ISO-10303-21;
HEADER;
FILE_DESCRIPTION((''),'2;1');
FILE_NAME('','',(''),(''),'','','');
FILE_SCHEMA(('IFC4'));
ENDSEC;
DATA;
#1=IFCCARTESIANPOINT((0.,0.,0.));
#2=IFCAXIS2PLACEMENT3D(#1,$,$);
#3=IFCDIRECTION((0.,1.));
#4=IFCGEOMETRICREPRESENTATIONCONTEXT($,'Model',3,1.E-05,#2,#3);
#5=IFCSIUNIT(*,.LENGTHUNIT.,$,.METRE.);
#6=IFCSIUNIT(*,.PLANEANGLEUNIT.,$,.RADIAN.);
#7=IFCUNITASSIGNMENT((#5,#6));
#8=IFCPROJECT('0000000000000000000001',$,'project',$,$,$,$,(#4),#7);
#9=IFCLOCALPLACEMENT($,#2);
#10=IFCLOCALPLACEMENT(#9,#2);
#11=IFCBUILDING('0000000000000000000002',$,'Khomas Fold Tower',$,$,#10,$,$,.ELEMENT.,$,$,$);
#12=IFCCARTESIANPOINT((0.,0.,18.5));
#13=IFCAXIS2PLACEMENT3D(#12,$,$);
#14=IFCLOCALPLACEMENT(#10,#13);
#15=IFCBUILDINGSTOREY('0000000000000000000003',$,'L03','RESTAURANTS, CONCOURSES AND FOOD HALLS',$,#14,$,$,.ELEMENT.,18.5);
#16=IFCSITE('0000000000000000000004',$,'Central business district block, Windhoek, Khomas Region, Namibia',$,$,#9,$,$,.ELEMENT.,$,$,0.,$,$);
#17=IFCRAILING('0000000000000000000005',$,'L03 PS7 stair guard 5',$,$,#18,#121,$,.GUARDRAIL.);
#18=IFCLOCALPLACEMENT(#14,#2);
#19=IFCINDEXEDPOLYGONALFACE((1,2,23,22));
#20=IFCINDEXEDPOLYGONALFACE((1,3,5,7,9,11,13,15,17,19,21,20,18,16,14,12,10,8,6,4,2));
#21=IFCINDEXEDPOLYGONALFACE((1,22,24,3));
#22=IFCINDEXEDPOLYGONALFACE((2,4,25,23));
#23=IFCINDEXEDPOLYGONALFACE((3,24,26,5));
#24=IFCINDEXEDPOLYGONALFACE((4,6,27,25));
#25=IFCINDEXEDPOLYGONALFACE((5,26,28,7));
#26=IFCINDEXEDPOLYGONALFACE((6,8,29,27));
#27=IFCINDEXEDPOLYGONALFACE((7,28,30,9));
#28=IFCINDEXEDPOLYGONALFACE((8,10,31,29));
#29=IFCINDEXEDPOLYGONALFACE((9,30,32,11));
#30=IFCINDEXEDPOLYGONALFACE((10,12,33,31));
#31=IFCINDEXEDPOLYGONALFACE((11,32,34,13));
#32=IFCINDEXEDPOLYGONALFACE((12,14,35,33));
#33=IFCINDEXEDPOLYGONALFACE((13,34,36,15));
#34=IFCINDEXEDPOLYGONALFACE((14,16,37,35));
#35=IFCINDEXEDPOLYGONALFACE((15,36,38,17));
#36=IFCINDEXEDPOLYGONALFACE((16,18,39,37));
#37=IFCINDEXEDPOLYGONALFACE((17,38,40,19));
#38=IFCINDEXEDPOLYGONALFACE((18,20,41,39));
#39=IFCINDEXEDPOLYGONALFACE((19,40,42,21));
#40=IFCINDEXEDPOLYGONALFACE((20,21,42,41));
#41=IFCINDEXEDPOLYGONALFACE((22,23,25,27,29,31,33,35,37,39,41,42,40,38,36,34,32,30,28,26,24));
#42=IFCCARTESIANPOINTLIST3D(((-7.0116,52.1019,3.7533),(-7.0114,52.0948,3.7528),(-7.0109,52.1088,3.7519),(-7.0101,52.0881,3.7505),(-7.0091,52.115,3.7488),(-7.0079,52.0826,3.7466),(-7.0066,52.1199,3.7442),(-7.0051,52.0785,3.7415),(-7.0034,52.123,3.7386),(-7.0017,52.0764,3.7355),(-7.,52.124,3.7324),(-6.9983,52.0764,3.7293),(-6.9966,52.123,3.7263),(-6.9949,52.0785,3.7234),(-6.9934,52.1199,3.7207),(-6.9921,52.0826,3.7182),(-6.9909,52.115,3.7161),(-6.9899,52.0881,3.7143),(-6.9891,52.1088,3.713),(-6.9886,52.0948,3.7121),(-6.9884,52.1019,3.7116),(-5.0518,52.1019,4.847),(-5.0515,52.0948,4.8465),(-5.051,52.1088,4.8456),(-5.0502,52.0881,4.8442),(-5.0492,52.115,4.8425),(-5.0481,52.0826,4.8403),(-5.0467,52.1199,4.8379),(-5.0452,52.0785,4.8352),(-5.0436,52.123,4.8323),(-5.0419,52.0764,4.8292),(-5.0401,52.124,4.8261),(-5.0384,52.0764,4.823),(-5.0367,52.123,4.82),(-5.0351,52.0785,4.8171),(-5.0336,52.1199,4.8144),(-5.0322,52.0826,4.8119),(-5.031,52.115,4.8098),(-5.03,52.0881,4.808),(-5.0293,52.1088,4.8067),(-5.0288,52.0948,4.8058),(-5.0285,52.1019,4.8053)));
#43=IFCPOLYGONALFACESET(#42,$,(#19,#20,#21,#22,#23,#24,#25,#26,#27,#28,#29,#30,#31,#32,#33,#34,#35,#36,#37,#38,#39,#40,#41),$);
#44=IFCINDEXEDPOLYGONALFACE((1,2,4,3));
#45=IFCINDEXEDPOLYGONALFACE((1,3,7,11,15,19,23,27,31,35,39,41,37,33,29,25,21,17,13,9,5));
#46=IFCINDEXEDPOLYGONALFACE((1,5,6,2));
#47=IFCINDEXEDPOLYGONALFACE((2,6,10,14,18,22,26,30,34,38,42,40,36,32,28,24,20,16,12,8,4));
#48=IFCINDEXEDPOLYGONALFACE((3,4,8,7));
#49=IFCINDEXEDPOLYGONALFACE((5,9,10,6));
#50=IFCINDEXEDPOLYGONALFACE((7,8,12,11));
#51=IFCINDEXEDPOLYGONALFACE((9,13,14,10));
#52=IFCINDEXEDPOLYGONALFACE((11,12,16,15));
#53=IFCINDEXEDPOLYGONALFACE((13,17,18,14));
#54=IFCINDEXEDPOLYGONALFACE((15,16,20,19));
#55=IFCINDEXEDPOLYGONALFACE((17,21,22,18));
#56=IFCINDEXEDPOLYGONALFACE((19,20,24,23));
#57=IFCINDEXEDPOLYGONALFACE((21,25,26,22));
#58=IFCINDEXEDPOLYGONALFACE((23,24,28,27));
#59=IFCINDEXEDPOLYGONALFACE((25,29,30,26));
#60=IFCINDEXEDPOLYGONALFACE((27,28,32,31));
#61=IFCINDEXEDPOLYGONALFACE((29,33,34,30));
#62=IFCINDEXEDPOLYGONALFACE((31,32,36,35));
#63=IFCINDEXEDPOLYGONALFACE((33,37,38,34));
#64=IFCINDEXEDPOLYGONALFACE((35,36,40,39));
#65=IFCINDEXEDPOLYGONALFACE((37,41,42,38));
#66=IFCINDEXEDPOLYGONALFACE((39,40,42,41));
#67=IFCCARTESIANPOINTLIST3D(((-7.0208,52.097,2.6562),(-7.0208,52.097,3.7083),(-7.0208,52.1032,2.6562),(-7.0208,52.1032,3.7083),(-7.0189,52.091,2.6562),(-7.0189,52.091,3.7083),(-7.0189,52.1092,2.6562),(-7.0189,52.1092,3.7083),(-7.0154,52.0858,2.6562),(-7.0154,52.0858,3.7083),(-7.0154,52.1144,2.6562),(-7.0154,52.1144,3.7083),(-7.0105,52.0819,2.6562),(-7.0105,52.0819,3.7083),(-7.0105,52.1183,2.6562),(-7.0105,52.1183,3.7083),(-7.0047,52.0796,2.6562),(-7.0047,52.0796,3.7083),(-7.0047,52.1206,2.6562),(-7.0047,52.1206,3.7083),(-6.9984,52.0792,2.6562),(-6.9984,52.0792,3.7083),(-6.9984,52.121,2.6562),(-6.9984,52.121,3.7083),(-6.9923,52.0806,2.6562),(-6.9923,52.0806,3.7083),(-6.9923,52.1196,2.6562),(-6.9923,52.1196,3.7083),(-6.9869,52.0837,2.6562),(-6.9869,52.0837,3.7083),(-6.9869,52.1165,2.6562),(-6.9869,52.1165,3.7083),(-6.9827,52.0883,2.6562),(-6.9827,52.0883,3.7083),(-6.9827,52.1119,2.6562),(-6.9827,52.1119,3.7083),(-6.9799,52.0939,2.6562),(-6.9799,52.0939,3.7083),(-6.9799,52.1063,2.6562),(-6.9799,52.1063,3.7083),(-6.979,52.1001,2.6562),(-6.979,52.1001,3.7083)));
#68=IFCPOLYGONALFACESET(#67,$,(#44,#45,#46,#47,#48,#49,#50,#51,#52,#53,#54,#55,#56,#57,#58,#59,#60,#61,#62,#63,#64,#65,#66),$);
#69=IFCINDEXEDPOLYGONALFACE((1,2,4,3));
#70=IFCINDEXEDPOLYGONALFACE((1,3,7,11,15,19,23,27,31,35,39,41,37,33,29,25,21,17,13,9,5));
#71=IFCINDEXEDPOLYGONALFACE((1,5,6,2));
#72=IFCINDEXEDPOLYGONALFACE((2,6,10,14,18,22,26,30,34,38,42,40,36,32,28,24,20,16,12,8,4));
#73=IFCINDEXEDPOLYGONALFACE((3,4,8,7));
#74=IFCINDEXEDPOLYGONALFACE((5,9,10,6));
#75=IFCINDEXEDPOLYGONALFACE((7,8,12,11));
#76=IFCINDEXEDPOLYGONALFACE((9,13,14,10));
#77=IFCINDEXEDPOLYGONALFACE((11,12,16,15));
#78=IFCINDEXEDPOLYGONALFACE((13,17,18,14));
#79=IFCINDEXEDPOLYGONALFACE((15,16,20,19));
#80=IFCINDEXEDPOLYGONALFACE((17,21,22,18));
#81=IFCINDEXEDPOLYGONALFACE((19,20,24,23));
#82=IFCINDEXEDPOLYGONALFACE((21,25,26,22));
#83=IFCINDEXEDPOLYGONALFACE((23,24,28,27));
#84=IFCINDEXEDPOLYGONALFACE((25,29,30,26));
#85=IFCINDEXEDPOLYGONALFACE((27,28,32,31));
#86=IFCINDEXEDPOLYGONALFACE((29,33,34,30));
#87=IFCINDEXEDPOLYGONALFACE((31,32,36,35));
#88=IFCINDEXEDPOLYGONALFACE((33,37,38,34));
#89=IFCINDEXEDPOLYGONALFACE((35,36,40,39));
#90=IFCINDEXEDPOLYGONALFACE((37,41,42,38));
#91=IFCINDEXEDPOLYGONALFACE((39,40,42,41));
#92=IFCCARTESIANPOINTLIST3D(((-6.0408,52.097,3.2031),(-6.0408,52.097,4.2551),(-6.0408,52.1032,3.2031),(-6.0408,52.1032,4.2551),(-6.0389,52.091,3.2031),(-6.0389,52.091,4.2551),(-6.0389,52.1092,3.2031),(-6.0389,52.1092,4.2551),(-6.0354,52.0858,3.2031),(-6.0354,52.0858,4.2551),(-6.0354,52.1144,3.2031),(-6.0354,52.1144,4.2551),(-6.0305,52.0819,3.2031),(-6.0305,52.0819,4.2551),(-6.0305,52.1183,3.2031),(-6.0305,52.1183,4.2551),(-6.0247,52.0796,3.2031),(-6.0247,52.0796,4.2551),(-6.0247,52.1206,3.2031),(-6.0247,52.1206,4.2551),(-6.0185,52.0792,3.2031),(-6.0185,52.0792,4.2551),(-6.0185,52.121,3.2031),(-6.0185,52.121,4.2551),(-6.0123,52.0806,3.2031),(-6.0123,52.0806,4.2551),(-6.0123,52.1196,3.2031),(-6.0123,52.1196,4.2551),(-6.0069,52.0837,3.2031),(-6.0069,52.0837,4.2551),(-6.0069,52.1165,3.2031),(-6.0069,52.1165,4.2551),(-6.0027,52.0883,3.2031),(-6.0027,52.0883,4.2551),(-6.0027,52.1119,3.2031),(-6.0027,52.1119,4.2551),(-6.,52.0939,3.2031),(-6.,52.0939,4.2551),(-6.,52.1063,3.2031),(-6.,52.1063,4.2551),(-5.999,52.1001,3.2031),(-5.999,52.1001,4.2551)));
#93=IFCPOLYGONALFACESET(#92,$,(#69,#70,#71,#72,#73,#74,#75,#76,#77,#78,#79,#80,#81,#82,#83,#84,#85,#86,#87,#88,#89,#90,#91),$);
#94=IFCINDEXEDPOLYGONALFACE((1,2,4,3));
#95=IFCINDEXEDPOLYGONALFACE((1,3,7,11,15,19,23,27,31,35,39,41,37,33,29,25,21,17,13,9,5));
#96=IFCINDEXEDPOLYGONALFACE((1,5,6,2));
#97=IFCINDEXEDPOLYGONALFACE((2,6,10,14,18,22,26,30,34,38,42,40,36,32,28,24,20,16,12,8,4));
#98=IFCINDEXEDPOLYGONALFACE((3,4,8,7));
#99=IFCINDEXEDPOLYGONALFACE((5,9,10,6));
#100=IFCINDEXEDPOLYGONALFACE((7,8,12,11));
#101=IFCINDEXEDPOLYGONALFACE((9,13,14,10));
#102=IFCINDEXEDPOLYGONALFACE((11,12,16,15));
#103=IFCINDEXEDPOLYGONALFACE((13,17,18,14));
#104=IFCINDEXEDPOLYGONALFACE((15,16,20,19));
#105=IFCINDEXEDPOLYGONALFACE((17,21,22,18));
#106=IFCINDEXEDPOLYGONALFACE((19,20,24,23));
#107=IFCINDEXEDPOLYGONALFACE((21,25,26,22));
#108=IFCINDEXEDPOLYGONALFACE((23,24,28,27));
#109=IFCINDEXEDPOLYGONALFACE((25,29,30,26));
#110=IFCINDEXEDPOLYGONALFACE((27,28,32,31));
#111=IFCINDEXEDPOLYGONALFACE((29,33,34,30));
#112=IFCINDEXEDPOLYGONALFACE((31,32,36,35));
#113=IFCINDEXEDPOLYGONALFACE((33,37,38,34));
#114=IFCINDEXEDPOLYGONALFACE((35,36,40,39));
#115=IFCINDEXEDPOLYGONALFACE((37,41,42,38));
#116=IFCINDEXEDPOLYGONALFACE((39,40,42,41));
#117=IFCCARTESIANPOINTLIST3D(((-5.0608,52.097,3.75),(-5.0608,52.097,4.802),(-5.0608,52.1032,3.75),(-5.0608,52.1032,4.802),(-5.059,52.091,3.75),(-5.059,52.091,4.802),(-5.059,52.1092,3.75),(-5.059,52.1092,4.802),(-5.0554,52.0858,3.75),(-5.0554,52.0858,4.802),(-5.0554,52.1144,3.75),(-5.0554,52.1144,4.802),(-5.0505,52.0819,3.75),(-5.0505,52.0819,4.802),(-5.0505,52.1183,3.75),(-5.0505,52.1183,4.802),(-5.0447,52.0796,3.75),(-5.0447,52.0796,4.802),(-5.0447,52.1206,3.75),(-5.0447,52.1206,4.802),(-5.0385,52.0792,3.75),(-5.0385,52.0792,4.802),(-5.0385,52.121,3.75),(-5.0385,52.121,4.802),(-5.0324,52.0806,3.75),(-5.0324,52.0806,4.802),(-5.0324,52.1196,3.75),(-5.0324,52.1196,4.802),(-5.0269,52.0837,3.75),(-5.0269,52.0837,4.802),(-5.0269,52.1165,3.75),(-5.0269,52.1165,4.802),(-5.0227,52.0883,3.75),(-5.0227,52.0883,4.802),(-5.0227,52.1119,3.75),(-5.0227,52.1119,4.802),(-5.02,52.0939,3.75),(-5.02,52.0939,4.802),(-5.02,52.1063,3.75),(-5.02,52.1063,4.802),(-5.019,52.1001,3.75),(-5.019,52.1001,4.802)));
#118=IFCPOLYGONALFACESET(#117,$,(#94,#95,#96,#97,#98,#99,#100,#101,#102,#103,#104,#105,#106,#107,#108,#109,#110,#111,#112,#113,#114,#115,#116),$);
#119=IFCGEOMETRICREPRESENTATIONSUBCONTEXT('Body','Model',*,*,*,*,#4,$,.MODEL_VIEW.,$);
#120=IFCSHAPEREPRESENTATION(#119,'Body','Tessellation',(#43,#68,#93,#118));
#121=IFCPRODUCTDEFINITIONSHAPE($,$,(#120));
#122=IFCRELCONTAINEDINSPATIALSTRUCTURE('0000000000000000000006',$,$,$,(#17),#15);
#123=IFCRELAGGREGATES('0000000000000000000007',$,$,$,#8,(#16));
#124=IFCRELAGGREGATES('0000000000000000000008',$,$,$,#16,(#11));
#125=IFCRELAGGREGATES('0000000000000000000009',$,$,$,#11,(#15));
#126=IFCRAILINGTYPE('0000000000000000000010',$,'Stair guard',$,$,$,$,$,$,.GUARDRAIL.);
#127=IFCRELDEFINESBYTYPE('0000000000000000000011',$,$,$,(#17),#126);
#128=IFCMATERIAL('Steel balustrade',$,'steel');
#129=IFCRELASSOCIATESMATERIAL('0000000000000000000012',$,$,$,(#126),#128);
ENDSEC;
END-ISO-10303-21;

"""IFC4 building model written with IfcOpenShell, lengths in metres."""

from ifc_helpers import new_model, si_unit, direction, frame, origin, origin_2d, place, context, subcontext, project, spatial, circle, extrude, source, transform, mapped, material, type_object, element, save


model = new_model("IFC4")

# Units and contexts
model_context = context("Model", 3, precision=1e-05, world=origin(), true_north=direction((0.0, 1.0)))
body_context = subcontext(model_context, "Body", "Model", "MODEL_VIEW")
ifc_project = project(units=[si_unit("LENGTHUNIT", "METRE"), si_unit("PLANEANGLEUNIT", "RADIAN")], contexts=[model_context])

# Site, building, storey
site_placement = place(None, origin())
site = spatial("IfcSite", under=ifc_project, at=site_placement, Name="Central business district block, Windhoek, Khomas Region, Namibia", CompositionType="ELEMENT", RefElevation=0.0)
building_placement = place(site_placement, origin())
building = spatial("IfcBuilding", under=site, at=building_placement, Name="Khomas Fold Tower", CompositionType="ELEMENT")
storey_placement = place(building_placement, frame((0.0, 0.0, 18.5)))
storey = spatial("IfcBuildingStorey", under=building, at=storey_placement, Name="L03", Description="RESTAURANTS, CONCOURSES AND FOOD HALLS", CompositionType="ELEMENT", Elevation=18.5)

# Railing
ifc_material_1 = material(Name="Steel balustrade", Category="steel")
railing_type_1 = type_object("IfcRailingType", Name="Stair guard", PredefinedType="GUARDRAIL", material=ifc_material_1)
shared_shape_1 = source(origin(), body_context, "Body", "SweptSolid", [
    extrude(circle(Radius=0.0239, at=origin_2d()), frame((0.0, 0.0, 1.0762), z_axis=(0.873232, 0.0, 0.487304), x_axis=(0.0, 1.0, 0.0)), (0.0, 0.0, 1.0), 2.2444),
    extrude(circle(Radius=0.021, at=origin_2d()), origin(), (0.0, 0.0, 1.0), 1.052),
    extrude(circle(Radius=0.021, at=origin_2d()), frame((0.98, 0.0, 0.5469)), (0.0, 0.0, 1.0), 1.052),
    extrude(circle(Radius=0.021, at=origin_2d()), frame((1.96, 0.0, 1.0938)), (0.0, 0.0, 1.0), 1.052),
])
for number, where, name in (
    (1, (-7.0, 52.1001, 2.6562), "L03 PS7 stair guard 5"),
):
    element("IfcRailing", number, at=place(storey_placement, frame(where)), inside=storey, type_object=railing_type_1, Name=name, PredefinedType="GUARDRAIL", context=body_context, shape_type="MappedRepresentation", body=[
        mapped(shared_shape_1, transform((0.0, 0.0, 0.0))),
    ])

save(model, "model.ifc")
